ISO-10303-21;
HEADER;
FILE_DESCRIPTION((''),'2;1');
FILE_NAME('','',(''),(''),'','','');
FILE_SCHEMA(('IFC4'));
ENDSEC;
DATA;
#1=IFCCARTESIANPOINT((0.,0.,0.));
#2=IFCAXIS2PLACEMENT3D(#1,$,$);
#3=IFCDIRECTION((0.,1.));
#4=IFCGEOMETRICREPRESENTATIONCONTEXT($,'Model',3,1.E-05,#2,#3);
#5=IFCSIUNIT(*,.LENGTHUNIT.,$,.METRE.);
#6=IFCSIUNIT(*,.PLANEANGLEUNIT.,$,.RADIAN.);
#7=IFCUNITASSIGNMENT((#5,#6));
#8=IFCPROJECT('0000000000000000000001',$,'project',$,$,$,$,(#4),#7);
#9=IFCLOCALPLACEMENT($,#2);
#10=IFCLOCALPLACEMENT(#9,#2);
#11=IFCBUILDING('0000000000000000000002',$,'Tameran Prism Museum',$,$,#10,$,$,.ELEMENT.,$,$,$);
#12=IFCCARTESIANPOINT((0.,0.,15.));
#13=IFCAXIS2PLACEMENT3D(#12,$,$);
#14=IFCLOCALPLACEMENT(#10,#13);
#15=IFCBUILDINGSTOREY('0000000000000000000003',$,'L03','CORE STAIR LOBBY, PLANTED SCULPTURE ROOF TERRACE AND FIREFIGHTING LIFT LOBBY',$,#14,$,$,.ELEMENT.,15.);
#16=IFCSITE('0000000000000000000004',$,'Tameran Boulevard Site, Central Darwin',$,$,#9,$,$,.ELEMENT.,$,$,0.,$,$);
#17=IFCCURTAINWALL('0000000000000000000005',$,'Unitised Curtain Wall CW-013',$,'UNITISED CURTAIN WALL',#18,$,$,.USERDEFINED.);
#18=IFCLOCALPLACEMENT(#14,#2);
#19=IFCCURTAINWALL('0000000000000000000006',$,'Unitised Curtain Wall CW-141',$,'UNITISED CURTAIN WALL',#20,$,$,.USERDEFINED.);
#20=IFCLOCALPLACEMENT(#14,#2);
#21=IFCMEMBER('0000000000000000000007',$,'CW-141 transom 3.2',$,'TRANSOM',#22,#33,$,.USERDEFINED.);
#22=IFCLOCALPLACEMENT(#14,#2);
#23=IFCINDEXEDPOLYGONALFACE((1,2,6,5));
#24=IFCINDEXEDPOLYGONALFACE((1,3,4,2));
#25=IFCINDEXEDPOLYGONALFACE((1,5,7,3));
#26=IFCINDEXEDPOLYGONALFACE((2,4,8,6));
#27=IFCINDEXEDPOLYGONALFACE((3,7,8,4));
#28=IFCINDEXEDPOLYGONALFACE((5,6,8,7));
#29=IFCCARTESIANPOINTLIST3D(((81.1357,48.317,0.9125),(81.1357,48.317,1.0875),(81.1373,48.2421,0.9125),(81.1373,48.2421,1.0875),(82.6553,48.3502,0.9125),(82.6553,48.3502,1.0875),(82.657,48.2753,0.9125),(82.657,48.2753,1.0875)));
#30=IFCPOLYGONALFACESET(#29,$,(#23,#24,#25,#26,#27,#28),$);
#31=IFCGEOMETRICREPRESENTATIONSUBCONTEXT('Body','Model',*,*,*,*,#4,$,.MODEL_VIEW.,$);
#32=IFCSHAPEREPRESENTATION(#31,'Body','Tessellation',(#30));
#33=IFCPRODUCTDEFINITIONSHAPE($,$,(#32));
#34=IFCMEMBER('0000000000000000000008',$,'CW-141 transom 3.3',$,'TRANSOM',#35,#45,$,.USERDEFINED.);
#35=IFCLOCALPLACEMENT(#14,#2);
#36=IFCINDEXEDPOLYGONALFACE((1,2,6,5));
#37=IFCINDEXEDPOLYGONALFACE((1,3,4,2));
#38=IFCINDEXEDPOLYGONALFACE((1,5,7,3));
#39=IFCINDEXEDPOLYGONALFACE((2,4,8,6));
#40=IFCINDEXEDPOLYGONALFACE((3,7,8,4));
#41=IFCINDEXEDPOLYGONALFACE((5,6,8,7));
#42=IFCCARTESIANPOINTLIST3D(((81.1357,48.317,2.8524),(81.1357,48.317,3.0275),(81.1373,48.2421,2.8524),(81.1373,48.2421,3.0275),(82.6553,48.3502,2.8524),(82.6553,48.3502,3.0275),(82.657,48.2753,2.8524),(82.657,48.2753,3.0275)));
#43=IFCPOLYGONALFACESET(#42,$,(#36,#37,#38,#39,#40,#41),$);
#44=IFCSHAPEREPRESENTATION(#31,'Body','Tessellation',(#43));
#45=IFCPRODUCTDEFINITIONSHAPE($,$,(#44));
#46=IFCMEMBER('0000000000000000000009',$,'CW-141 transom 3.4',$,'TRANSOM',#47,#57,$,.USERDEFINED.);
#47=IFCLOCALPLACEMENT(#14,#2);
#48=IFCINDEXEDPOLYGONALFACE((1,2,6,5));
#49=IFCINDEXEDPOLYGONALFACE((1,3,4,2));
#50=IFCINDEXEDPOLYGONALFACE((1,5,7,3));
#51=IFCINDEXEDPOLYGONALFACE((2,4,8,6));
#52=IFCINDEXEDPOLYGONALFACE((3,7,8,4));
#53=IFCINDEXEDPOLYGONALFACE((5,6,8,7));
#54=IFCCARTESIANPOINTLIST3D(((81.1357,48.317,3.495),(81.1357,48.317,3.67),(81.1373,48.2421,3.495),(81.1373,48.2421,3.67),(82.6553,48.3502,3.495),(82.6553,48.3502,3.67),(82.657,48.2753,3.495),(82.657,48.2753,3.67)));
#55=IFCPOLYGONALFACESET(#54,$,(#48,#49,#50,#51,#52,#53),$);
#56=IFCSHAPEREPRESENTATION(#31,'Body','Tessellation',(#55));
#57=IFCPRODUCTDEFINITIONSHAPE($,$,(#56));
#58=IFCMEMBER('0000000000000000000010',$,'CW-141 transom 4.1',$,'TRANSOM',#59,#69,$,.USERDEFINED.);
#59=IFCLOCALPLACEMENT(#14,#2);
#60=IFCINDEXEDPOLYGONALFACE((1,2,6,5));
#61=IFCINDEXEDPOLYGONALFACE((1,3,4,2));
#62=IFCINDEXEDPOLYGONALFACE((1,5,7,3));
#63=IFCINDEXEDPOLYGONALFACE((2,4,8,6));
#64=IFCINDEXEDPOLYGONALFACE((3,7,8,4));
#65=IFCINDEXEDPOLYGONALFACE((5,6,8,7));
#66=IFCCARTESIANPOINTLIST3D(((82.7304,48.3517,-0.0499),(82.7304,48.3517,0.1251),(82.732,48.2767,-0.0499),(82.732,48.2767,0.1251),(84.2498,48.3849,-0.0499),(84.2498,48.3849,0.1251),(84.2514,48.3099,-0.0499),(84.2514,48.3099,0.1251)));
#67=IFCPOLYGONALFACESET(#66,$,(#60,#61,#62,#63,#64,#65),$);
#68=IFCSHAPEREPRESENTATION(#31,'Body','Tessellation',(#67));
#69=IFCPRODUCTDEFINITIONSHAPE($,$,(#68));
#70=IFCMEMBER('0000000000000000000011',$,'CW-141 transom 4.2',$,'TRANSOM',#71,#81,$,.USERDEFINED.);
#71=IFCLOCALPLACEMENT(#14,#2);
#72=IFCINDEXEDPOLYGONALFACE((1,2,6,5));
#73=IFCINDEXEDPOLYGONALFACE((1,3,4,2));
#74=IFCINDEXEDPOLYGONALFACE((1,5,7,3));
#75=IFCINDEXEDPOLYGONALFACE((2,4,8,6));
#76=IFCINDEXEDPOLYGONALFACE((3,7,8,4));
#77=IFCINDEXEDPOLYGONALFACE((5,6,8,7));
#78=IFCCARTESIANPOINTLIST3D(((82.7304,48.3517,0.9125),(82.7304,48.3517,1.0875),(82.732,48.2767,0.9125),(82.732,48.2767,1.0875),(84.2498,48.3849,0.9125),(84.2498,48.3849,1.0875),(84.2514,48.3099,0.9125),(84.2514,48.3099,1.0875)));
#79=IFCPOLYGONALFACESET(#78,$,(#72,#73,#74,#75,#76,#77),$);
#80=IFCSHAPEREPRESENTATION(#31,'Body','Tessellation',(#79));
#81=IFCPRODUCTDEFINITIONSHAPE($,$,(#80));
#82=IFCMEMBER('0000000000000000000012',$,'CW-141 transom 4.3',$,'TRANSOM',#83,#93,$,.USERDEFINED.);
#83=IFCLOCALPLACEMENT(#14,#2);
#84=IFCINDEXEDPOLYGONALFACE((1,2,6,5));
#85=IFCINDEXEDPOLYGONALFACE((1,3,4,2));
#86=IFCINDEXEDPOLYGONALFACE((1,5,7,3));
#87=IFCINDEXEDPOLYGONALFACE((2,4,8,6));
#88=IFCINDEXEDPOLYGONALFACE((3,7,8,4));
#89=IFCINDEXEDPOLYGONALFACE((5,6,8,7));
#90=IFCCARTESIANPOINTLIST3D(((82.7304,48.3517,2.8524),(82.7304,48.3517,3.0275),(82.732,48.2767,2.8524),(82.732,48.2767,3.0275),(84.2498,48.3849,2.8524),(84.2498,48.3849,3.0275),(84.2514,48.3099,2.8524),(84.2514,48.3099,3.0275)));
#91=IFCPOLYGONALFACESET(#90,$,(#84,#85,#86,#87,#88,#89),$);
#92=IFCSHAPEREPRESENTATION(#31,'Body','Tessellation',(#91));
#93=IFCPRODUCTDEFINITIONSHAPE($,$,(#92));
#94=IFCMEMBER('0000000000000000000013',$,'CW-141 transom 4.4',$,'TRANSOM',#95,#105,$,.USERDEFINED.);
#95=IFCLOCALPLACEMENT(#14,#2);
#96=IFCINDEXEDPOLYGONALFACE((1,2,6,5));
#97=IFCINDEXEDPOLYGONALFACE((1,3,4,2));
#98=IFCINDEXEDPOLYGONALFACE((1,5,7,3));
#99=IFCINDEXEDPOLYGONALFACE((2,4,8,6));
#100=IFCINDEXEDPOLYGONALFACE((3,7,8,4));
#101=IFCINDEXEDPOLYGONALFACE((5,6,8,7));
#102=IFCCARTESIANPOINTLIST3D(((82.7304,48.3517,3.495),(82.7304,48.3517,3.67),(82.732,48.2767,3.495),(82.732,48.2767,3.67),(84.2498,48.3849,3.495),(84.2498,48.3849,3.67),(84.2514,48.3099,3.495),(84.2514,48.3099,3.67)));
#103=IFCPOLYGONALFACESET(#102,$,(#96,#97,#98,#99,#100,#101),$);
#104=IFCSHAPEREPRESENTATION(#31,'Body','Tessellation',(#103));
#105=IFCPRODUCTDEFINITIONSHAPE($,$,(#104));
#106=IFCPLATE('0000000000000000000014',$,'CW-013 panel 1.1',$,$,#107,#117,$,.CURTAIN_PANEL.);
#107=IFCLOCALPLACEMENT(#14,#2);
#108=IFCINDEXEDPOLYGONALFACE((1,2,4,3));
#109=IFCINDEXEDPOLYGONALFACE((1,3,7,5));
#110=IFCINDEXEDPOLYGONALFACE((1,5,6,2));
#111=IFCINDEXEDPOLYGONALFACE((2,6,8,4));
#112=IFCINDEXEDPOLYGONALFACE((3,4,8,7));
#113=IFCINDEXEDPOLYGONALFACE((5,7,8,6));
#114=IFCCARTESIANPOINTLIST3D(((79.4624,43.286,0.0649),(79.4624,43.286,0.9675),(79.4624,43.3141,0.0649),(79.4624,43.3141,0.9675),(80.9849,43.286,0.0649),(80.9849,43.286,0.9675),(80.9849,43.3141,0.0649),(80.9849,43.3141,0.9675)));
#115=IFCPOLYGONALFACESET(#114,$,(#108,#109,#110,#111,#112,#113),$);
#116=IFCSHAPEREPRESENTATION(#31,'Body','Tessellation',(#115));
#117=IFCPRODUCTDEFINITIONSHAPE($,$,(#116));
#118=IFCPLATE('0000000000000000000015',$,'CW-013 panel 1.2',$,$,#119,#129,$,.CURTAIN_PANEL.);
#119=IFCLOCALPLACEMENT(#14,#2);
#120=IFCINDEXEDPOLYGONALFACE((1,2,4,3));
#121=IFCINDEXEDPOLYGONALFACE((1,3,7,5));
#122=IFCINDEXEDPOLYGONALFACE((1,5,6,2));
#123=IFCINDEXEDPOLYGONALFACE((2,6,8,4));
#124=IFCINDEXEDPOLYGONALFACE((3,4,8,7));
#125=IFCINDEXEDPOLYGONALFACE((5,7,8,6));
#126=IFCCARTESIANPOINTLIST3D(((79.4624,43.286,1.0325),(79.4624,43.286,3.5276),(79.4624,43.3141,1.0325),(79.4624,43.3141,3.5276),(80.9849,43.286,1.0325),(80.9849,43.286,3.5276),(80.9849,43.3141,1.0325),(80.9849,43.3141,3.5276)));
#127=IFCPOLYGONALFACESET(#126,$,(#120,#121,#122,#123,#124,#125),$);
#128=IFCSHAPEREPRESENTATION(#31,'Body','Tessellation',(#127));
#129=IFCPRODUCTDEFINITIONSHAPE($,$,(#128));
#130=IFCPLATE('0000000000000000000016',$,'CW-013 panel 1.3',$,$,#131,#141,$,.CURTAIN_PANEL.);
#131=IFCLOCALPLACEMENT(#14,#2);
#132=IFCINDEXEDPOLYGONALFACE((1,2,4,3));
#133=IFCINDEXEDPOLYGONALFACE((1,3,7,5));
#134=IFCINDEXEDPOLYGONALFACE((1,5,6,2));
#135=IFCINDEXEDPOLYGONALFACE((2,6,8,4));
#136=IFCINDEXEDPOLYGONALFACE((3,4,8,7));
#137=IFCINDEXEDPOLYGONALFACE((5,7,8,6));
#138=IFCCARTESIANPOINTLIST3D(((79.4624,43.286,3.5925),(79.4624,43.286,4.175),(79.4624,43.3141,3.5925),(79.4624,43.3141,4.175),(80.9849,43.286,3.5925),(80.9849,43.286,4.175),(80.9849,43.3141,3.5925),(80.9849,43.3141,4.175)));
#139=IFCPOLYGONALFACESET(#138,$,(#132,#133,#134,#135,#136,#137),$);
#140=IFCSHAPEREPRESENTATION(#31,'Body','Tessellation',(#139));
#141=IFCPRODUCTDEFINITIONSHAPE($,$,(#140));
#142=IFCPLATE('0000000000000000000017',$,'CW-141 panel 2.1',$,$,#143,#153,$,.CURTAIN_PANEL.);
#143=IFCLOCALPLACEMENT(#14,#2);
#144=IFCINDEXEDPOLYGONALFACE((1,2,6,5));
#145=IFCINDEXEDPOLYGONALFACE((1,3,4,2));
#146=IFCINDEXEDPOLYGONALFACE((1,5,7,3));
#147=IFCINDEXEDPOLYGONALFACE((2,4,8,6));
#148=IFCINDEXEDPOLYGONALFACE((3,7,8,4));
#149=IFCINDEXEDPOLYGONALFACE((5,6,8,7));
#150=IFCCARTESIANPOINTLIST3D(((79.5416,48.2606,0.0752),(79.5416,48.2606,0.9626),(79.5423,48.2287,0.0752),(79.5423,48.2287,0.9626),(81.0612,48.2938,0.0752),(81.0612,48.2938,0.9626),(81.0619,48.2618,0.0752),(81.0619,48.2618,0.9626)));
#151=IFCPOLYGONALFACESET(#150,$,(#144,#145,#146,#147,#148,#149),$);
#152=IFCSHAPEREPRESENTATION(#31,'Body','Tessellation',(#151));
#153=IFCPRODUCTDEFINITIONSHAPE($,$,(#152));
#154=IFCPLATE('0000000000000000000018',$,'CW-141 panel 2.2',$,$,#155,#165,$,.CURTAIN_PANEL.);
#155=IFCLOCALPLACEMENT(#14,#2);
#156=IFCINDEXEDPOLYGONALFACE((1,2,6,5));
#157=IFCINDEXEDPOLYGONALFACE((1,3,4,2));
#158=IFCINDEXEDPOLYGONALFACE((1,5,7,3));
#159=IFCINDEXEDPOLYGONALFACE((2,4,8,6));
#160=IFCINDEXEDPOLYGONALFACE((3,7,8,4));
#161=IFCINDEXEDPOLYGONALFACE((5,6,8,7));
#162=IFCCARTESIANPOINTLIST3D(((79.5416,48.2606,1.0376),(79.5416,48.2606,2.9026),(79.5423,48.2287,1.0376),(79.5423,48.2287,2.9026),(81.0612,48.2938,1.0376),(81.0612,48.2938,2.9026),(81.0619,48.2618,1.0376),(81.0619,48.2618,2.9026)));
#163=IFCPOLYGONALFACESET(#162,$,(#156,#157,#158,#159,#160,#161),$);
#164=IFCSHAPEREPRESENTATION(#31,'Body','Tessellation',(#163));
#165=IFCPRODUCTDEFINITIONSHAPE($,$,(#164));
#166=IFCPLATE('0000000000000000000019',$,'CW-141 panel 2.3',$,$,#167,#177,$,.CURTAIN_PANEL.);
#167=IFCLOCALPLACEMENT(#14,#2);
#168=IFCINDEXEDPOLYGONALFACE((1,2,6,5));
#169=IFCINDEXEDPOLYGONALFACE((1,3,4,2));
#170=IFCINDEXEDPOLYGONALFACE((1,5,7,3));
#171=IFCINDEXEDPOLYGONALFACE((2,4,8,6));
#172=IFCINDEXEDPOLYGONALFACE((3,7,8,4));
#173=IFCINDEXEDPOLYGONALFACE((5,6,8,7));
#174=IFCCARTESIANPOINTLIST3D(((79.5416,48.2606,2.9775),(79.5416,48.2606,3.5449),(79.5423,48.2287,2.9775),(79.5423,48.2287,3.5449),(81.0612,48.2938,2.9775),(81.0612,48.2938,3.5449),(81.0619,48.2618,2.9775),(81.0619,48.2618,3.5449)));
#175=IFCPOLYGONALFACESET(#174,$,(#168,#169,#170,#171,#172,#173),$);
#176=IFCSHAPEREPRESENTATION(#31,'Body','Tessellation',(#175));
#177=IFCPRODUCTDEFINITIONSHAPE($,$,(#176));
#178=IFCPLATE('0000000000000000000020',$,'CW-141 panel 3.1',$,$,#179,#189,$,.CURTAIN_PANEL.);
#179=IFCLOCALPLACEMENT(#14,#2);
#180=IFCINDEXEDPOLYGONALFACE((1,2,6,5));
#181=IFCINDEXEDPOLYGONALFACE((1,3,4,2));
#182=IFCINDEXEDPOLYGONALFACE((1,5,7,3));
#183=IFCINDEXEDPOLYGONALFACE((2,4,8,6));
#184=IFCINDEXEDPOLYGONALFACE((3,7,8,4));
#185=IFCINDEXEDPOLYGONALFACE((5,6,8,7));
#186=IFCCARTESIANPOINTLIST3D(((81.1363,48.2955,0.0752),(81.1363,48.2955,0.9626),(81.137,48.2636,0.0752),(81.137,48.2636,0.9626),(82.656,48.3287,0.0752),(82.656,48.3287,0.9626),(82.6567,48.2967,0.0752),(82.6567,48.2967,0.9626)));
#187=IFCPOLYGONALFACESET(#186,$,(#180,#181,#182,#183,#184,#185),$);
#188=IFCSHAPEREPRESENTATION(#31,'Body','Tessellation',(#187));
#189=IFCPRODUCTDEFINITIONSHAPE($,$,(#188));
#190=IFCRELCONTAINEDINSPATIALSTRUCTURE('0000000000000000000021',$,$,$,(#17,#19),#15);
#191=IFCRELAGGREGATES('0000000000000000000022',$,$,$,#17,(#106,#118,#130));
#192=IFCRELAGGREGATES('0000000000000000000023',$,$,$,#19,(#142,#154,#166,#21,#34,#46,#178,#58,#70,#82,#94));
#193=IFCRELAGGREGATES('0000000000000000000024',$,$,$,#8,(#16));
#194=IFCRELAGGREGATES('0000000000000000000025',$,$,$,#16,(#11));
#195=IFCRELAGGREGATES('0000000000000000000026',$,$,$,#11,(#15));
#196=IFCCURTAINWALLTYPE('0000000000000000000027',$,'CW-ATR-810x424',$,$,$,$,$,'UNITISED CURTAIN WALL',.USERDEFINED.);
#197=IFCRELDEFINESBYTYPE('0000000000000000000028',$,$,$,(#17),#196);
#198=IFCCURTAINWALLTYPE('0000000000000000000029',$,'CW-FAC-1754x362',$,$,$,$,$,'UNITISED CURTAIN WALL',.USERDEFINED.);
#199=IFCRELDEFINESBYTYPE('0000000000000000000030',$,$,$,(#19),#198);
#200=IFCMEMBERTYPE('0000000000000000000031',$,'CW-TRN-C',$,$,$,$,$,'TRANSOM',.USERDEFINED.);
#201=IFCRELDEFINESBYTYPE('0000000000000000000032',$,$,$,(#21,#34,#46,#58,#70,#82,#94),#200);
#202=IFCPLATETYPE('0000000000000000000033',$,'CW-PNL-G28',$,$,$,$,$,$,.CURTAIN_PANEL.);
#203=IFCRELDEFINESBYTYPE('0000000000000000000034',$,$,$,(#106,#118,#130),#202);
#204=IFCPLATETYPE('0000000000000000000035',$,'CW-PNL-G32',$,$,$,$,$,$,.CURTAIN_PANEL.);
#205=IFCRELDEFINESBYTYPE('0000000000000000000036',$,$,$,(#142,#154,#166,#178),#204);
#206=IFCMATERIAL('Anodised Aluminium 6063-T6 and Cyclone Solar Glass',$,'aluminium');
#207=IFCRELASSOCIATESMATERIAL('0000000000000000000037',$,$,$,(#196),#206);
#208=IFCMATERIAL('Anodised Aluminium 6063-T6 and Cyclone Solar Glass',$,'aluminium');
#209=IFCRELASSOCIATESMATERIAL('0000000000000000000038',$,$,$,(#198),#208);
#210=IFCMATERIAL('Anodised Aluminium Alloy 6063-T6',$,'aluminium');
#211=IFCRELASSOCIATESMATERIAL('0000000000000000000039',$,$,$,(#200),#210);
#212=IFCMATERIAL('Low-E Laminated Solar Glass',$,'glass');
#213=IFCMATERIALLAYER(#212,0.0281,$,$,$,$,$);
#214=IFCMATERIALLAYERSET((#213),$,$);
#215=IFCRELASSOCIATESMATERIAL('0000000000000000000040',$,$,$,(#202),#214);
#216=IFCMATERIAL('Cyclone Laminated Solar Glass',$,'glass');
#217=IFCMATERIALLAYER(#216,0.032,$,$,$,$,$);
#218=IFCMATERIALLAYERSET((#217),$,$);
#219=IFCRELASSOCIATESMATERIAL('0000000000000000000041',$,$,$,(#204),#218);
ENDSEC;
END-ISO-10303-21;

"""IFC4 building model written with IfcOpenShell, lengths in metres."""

from ifc_helpers import new_model, si_unit, direction, frame, origin, origin_2d, place, context, subcontext, project, spatial, rectangle, extrude, material, layer, layer_set, material_profile, profile_set, type_object, element, aggregate, save


model = new_model("IFC4")

# Units and contexts
model_context = context("Model", 3, precision=1e-05, world=origin(), true_north=direction((0.0, 1.0)))
body_context = subcontext(model_context, "Body", "Model", "MODEL_VIEW")
ifc_project = project(units=[si_unit("LENGTHUNIT", "METRE"), si_unit("PLANEANGLEUNIT", "RADIAN")], contexts=[model_context])

# Site, building, storey
site_placement = place(None, origin())
site = spatial("IfcSite", under=ifc_project, at=site_placement, Name="Tameran Boulevard Site, Central Darwin", CompositionType="ELEMENT", RefElevation=0.0)
building_placement = place(site_placement, origin())
building = spatial("IfcBuilding", under=site, at=building_placement, Name="Tameran Prism Museum", CompositionType="ELEMENT")
storey_placement = place(building_placement, frame((0.0, 0.0, 15.0)))
storey = spatial("IfcBuildingStorey", under=building, at=storey_placement, Name="L03", Description="CORE STAIR LOBBY, PLANTED SCULPTURE ROOF TERRACE AND FIREFIGHTING LIFT LOBBY", CompositionType="ELEMENT", Elevation=15.0)

# Curtain walls
ifc_material_1 = material(Name="Anodised Aluminium 6063-T6 and Cyclone Solar Glass", Category="aluminium")
curtain_wall_type_1 = type_object("IfcCurtainWallType", Name="CW-ATR-810x424", ElementType="UNITISED CURTAIN WALL", PredefinedType="USERDEFINED", material=ifc_material_1)
curtain_wall_1_placement = place(storey_placement, origin())
curtain_wall_1 = element("IfcCurtainWall", 1, at=curtain_wall_1_placement, inside=storey, type_object=curtain_wall_type_1, Name="Unitised Curtain Wall CW-013", ObjectType="UNITISED CURTAIN WALL", PredefinedType="USERDEFINED")
ifc_material_2 = material(Name="Anodised Aluminium 6063-T6 and Cyclone Solar Glass", Category="aluminium")
curtain_wall_type_2 = type_object("IfcCurtainWallType", Name="CW-FAC-1754x362", ElementType="UNITISED CURTAIN WALL", PredefinedType="USERDEFINED", material=ifc_material_2)
curtain_wall_2_placement = place(storey_placement, origin())
curtain_wall_2 = element("IfcCurtainWall", 2, at=curtain_wall_2_placement, inside=storey, type_object=curtain_wall_type_2, Name="Unitised Curtain Wall CW-141", ObjectType="UNITISED CURTAIN WALL", PredefinedType="USERDEFINED")

# Members
ifc_material_3 = material(Name="Anodised Aluminium Alloy 6063-T6", Category="aluminium")
ifc_material_profile_1 = material_profile(ifc_material_3, rectangle(XDim=0.075, YDim=0.175, at=origin_2d()))
ifc_profile_set_1 = profile_set([ifc_material_profile_1])
member_type_1 = type_object("IfcMemberType", Name="CW-TRN-C", ElementType="TRANSOM", PredefinedType="USERDEFINED", material=ifc_profile_set_1)
member_1_placement = place(storey_placement, frame((81.1365, 48.2795, 1.0), z_axis=(0.999761, 0.021842, 0.0), x_axis=(-0.021842, 0.999761, 0.0)))
member_1 = element("IfcMember", 3, at=member_1_placement, type_object=member_type_1, Name="CW-141 transom 3.2", ObjectType="TRANSOM", PredefinedType="USERDEFINED", context=body_context, shape_type="SweptSolid", body=[
    extrude(rectangle(XDim=0.075, YDim=0.175, at=origin_2d()), origin(), (0.0, 0.0, 1.0), 1.52),
])
member_2_placement = place(storey_placement, frame((81.1365, 48.2795, 2.9399), z_axis=(0.999761, 0.021842, 0.0), x_axis=(-0.021842, 0.999761, 0.0)))
member_2 = element("IfcMember", 4, at=member_2_placement, type_object=member_type_1, Name="CW-141 transom 3.3", ObjectType="TRANSOM", PredefinedType="USERDEFINED", context=body_context, shape_type="SweptSolid", body=[
    extrude(rectangle(XDim=0.075, YDim=0.175, at=origin_2d()), origin(), (0.0, 0.0, 1.0), 1.52),
])
member_3_placement = place(storey_placement, frame((81.1365, 48.2795, 3.5825), z_axis=(0.999761, 0.021842, 0.0), x_axis=(-0.021842, 0.999761, 0.0)))
member_3 = element("IfcMember", 5, at=member_3_placement, type_object=member_type_1, Name="CW-141 transom 3.4", ObjectType="TRANSOM", PredefinedType="USERDEFINED", context=body_context, shape_type="SweptSolid", body=[
    extrude(rectangle(XDim=0.075, YDim=0.175, at=origin_2d()), origin(), (0.0, 0.0, 1.0), 1.52),
])
member_4_placement = place(storey_placement, frame((82.7312, 48.3142, 0.0376), z_axis=(0.999761, 0.021846, 0.0), x_axis=(-0.021846, 0.999761, 0.0)))
member_4 = element("IfcMember", 6, at=member_4_placement, type_object=member_type_1, Name="CW-141 transom 4.1", ObjectType="TRANSOM", PredefinedType="USERDEFINED", context=body_context, shape_type="SweptSolid", body=[
    extrude(rectangle(XDim=0.075, YDim=0.175, at=origin_2d()), origin(), (0.0, 0.0, 1.0), 1.5198),
])
member_5_placement = place(storey_placement, frame((82.7312, 48.3142, 1.0), z_axis=(0.999761, 0.021846, 0.0), x_axis=(-0.021846, 0.999761, 0.0)))
member_5 = element("IfcMember", 7, at=member_5_placement, type_object=member_type_1, Name="CW-141 transom 4.2", ObjectType="TRANSOM", PredefinedType="USERDEFINED", context=body_context, shape_type="SweptSolid", body=[
    extrude(rectangle(XDim=0.075, YDim=0.175, at=origin_2d()), origin(), (0.0, 0.0, 1.0), 1.5198),
])
member_6_placement = place(storey_placement, frame((82.7312, 48.3142, 2.9399), z_axis=(0.999761, 0.021846, 0.0), x_axis=(-0.021846, 0.999761, 0.0)))
member_6 = element("IfcMember", 8, at=member_6_placement, type_object=member_type_1, Name="CW-141 transom 4.3", ObjectType="TRANSOM", PredefinedType="USERDEFINED", context=body_context, shape_type="SweptSolid", body=[
    extrude(rectangle(XDim=0.075, YDim=0.175, at=origin_2d()), origin(), (0.0, 0.0, 1.0), 1.5198),
])
member_7_placement = place(storey_placement, frame((82.7312, 48.3142, 3.5825), z_axis=(0.999761, 0.021846, 0.0), x_axis=(-0.021846, 0.999761, 0.0)))
member_7 = element("IfcMember", 9, at=member_7_placement, type_object=member_type_1, Name="CW-141 transom 4.4", ObjectType="TRANSOM", PredefinedType="USERDEFINED", context=body_context, shape_type="SweptSolid", body=[
    extrude(rectangle(XDim=0.075, YDim=0.175, at=origin_2d()), origin(), (0.0, 0.0, 1.0), 1.5198),
])

# Plates
ifc_material_4 = material(Name="Low-E Laminated Solar Glass", Category="glass")
ifc_layer_1 = layer(ifc_material_4, 0.0281)
ifc_layer_set_1 = layer_set([ifc_layer_1])
plate_type_1 = type_object("IfcPlateType", Name="CW-PNL-G28", PredefinedType="CURTAIN_PANEL", material=ifc_layer_set_1)
plate_1_placement = place(storey_placement, frame((80.2236, 43.3, 0.0649), z_axis=(0.0, 0.0, 1.0), x_axis=(-1.0, 0.0, 0.0)))
plate_1 = element("IfcPlate", 10, at=plate_1_placement, type_object=plate_type_1, Name="CW-013 panel 1.1", PredefinedType="CURTAIN_PANEL", context=body_context, shape_type="SweptSolid", body=[
    extrude(rectangle(XDim=1.5225, YDim=0.0281, at=origin_2d()), origin(), (0.0, 0.0, 1.0), 0.9026),
])
plate_2_placement = place(storey_placement, frame((80.2236, 43.3, 1.0325), z_axis=(0.0, 0.0, 1.0), x_axis=(-1.0, 0.0, 0.0)))
plate_2 = element("IfcPlate", 11, at=plate_2_placement, type_object=plate_type_1, Name="CW-013 panel 1.2", PredefinedType="CURTAIN_PANEL", context=body_context, shape_type="SweptSolid", body=[
    extrude(rectangle(XDim=1.5225, YDim=0.0281, at=origin_2d()), origin(), (0.0, 0.0, 1.0), 2.4951),
])
plate_3_placement = place(storey_placement, frame((80.2236, 43.3, 3.5925), z_axis=(0.0, 0.0, 1.0), x_axis=(-1.0, 0.0, 0.0)))
plate_3 = element("IfcPlate", 12, at=plate_3_placement, type_object=plate_type_1, Name="CW-013 panel 1.3", PredefinedType="CURTAIN_PANEL", context=body_context, shape_type="SweptSolid", body=[
    extrude(rectangle(XDim=1.5225, YDim=0.0281, at=origin_2d()), origin(), (0.0, 0.0, 1.0), 0.5825),
])
aggregate(curtain_wall_1, [plate_1, plate_2, plate_3])
ifc_material_5 = material(Name="Cyclone Laminated Solar Glass", Category="glass")
ifc_layer_2 = layer(ifc_material_5, 0.032)
ifc_layer_set_2 = layer_set([ifc_layer_2])
plate_type_2 = type_object("IfcPlateType", Name="CW-PNL-G32", PredefinedType="CURTAIN_PANEL", material=ifc_layer_set_2)
plate_4_placement = place(storey_placement, frame((80.3018, 48.2612, 0.0752), z_axis=(0.0, 0.0, 1.0), x_axis=(0.999762, 0.021831, 0.0)))
plate_4 = element("IfcPlate", 13, at=plate_4_placement, type_object=plate_type_2, Name="CW-141 panel 2.1", PredefinedType="CURTAIN_PANEL", context=body_context, shape_type="SweptSolid", body=[
    extrude(rectangle(XDim=1.52, YDim=0.032, at=origin_2d()), origin(), (0.0, 0.0, 1.0), 0.8875),
])
plate_5_placement = place(storey_placement, frame((80.3018, 48.2612, 1.0376), z_axis=(0.0, 0.0, 1.0), x_axis=(0.999762, 0.021831, 0.0)))
plate_5 = element("IfcPlate", 14, at=plate_5_placement, type_object=plate_type_2, Name="CW-141 panel 2.2", PredefinedType="CURTAIN_PANEL", context=body_context, shape_type="SweptSolid", body=[
    extrude(rectangle(XDim=1.52, YDim=0.032, at=origin_2d()), origin(), (0.0, 0.0, 1.0), 1.865),
])
plate_6_placement = place(storey_placement, frame((80.3018, 48.2612, 2.9775), z_axis=(0.0, 0.0, 1.0), x_axis=(0.999762, 0.021831, 0.0)))
plate_6 = element("IfcPlate", 15, at=plate_6_placement, type_object=plate_type_2, Name="CW-141 panel 2.3", PredefinedType="CURTAIN_PANEL", context=body_context, shape_type="SweptSolid", body=[
    extrude(rectangle(XDim=1.52, YDim=0.032, at=origin_2d()), origin(), (0.0, 0.0, 1.0), 0.5674),
])
plate_7_placement = place(storey_placement, frame((81.8965, 48.2961, 0.0752), z_axis=(0.0, 0.0, 1.0), x_axis=(0.999762, 0.021831, 0.0)))
plate_7 = element("IfcPlate", 16, at=plate_7_placement, type_object=plate_type_2, Name="CW-141 panel 3.1", PredefinedType="CURTAIN_PANEL", context=body_context, shape_type="SweptSolid", body=[
    extrude(rectangle(XDim=1.52, YDim=0.032, at=origin_2d()), origin(), (0.0, 0.0, 1.0), 0.8875),
])
aggregate(curtain_wall_2, [plate_4, plate_5, plate_6, member_1, member_2, member_3, plate_7, member_4, member_5, member_6, member_7])

save(model, "model.ifc")
